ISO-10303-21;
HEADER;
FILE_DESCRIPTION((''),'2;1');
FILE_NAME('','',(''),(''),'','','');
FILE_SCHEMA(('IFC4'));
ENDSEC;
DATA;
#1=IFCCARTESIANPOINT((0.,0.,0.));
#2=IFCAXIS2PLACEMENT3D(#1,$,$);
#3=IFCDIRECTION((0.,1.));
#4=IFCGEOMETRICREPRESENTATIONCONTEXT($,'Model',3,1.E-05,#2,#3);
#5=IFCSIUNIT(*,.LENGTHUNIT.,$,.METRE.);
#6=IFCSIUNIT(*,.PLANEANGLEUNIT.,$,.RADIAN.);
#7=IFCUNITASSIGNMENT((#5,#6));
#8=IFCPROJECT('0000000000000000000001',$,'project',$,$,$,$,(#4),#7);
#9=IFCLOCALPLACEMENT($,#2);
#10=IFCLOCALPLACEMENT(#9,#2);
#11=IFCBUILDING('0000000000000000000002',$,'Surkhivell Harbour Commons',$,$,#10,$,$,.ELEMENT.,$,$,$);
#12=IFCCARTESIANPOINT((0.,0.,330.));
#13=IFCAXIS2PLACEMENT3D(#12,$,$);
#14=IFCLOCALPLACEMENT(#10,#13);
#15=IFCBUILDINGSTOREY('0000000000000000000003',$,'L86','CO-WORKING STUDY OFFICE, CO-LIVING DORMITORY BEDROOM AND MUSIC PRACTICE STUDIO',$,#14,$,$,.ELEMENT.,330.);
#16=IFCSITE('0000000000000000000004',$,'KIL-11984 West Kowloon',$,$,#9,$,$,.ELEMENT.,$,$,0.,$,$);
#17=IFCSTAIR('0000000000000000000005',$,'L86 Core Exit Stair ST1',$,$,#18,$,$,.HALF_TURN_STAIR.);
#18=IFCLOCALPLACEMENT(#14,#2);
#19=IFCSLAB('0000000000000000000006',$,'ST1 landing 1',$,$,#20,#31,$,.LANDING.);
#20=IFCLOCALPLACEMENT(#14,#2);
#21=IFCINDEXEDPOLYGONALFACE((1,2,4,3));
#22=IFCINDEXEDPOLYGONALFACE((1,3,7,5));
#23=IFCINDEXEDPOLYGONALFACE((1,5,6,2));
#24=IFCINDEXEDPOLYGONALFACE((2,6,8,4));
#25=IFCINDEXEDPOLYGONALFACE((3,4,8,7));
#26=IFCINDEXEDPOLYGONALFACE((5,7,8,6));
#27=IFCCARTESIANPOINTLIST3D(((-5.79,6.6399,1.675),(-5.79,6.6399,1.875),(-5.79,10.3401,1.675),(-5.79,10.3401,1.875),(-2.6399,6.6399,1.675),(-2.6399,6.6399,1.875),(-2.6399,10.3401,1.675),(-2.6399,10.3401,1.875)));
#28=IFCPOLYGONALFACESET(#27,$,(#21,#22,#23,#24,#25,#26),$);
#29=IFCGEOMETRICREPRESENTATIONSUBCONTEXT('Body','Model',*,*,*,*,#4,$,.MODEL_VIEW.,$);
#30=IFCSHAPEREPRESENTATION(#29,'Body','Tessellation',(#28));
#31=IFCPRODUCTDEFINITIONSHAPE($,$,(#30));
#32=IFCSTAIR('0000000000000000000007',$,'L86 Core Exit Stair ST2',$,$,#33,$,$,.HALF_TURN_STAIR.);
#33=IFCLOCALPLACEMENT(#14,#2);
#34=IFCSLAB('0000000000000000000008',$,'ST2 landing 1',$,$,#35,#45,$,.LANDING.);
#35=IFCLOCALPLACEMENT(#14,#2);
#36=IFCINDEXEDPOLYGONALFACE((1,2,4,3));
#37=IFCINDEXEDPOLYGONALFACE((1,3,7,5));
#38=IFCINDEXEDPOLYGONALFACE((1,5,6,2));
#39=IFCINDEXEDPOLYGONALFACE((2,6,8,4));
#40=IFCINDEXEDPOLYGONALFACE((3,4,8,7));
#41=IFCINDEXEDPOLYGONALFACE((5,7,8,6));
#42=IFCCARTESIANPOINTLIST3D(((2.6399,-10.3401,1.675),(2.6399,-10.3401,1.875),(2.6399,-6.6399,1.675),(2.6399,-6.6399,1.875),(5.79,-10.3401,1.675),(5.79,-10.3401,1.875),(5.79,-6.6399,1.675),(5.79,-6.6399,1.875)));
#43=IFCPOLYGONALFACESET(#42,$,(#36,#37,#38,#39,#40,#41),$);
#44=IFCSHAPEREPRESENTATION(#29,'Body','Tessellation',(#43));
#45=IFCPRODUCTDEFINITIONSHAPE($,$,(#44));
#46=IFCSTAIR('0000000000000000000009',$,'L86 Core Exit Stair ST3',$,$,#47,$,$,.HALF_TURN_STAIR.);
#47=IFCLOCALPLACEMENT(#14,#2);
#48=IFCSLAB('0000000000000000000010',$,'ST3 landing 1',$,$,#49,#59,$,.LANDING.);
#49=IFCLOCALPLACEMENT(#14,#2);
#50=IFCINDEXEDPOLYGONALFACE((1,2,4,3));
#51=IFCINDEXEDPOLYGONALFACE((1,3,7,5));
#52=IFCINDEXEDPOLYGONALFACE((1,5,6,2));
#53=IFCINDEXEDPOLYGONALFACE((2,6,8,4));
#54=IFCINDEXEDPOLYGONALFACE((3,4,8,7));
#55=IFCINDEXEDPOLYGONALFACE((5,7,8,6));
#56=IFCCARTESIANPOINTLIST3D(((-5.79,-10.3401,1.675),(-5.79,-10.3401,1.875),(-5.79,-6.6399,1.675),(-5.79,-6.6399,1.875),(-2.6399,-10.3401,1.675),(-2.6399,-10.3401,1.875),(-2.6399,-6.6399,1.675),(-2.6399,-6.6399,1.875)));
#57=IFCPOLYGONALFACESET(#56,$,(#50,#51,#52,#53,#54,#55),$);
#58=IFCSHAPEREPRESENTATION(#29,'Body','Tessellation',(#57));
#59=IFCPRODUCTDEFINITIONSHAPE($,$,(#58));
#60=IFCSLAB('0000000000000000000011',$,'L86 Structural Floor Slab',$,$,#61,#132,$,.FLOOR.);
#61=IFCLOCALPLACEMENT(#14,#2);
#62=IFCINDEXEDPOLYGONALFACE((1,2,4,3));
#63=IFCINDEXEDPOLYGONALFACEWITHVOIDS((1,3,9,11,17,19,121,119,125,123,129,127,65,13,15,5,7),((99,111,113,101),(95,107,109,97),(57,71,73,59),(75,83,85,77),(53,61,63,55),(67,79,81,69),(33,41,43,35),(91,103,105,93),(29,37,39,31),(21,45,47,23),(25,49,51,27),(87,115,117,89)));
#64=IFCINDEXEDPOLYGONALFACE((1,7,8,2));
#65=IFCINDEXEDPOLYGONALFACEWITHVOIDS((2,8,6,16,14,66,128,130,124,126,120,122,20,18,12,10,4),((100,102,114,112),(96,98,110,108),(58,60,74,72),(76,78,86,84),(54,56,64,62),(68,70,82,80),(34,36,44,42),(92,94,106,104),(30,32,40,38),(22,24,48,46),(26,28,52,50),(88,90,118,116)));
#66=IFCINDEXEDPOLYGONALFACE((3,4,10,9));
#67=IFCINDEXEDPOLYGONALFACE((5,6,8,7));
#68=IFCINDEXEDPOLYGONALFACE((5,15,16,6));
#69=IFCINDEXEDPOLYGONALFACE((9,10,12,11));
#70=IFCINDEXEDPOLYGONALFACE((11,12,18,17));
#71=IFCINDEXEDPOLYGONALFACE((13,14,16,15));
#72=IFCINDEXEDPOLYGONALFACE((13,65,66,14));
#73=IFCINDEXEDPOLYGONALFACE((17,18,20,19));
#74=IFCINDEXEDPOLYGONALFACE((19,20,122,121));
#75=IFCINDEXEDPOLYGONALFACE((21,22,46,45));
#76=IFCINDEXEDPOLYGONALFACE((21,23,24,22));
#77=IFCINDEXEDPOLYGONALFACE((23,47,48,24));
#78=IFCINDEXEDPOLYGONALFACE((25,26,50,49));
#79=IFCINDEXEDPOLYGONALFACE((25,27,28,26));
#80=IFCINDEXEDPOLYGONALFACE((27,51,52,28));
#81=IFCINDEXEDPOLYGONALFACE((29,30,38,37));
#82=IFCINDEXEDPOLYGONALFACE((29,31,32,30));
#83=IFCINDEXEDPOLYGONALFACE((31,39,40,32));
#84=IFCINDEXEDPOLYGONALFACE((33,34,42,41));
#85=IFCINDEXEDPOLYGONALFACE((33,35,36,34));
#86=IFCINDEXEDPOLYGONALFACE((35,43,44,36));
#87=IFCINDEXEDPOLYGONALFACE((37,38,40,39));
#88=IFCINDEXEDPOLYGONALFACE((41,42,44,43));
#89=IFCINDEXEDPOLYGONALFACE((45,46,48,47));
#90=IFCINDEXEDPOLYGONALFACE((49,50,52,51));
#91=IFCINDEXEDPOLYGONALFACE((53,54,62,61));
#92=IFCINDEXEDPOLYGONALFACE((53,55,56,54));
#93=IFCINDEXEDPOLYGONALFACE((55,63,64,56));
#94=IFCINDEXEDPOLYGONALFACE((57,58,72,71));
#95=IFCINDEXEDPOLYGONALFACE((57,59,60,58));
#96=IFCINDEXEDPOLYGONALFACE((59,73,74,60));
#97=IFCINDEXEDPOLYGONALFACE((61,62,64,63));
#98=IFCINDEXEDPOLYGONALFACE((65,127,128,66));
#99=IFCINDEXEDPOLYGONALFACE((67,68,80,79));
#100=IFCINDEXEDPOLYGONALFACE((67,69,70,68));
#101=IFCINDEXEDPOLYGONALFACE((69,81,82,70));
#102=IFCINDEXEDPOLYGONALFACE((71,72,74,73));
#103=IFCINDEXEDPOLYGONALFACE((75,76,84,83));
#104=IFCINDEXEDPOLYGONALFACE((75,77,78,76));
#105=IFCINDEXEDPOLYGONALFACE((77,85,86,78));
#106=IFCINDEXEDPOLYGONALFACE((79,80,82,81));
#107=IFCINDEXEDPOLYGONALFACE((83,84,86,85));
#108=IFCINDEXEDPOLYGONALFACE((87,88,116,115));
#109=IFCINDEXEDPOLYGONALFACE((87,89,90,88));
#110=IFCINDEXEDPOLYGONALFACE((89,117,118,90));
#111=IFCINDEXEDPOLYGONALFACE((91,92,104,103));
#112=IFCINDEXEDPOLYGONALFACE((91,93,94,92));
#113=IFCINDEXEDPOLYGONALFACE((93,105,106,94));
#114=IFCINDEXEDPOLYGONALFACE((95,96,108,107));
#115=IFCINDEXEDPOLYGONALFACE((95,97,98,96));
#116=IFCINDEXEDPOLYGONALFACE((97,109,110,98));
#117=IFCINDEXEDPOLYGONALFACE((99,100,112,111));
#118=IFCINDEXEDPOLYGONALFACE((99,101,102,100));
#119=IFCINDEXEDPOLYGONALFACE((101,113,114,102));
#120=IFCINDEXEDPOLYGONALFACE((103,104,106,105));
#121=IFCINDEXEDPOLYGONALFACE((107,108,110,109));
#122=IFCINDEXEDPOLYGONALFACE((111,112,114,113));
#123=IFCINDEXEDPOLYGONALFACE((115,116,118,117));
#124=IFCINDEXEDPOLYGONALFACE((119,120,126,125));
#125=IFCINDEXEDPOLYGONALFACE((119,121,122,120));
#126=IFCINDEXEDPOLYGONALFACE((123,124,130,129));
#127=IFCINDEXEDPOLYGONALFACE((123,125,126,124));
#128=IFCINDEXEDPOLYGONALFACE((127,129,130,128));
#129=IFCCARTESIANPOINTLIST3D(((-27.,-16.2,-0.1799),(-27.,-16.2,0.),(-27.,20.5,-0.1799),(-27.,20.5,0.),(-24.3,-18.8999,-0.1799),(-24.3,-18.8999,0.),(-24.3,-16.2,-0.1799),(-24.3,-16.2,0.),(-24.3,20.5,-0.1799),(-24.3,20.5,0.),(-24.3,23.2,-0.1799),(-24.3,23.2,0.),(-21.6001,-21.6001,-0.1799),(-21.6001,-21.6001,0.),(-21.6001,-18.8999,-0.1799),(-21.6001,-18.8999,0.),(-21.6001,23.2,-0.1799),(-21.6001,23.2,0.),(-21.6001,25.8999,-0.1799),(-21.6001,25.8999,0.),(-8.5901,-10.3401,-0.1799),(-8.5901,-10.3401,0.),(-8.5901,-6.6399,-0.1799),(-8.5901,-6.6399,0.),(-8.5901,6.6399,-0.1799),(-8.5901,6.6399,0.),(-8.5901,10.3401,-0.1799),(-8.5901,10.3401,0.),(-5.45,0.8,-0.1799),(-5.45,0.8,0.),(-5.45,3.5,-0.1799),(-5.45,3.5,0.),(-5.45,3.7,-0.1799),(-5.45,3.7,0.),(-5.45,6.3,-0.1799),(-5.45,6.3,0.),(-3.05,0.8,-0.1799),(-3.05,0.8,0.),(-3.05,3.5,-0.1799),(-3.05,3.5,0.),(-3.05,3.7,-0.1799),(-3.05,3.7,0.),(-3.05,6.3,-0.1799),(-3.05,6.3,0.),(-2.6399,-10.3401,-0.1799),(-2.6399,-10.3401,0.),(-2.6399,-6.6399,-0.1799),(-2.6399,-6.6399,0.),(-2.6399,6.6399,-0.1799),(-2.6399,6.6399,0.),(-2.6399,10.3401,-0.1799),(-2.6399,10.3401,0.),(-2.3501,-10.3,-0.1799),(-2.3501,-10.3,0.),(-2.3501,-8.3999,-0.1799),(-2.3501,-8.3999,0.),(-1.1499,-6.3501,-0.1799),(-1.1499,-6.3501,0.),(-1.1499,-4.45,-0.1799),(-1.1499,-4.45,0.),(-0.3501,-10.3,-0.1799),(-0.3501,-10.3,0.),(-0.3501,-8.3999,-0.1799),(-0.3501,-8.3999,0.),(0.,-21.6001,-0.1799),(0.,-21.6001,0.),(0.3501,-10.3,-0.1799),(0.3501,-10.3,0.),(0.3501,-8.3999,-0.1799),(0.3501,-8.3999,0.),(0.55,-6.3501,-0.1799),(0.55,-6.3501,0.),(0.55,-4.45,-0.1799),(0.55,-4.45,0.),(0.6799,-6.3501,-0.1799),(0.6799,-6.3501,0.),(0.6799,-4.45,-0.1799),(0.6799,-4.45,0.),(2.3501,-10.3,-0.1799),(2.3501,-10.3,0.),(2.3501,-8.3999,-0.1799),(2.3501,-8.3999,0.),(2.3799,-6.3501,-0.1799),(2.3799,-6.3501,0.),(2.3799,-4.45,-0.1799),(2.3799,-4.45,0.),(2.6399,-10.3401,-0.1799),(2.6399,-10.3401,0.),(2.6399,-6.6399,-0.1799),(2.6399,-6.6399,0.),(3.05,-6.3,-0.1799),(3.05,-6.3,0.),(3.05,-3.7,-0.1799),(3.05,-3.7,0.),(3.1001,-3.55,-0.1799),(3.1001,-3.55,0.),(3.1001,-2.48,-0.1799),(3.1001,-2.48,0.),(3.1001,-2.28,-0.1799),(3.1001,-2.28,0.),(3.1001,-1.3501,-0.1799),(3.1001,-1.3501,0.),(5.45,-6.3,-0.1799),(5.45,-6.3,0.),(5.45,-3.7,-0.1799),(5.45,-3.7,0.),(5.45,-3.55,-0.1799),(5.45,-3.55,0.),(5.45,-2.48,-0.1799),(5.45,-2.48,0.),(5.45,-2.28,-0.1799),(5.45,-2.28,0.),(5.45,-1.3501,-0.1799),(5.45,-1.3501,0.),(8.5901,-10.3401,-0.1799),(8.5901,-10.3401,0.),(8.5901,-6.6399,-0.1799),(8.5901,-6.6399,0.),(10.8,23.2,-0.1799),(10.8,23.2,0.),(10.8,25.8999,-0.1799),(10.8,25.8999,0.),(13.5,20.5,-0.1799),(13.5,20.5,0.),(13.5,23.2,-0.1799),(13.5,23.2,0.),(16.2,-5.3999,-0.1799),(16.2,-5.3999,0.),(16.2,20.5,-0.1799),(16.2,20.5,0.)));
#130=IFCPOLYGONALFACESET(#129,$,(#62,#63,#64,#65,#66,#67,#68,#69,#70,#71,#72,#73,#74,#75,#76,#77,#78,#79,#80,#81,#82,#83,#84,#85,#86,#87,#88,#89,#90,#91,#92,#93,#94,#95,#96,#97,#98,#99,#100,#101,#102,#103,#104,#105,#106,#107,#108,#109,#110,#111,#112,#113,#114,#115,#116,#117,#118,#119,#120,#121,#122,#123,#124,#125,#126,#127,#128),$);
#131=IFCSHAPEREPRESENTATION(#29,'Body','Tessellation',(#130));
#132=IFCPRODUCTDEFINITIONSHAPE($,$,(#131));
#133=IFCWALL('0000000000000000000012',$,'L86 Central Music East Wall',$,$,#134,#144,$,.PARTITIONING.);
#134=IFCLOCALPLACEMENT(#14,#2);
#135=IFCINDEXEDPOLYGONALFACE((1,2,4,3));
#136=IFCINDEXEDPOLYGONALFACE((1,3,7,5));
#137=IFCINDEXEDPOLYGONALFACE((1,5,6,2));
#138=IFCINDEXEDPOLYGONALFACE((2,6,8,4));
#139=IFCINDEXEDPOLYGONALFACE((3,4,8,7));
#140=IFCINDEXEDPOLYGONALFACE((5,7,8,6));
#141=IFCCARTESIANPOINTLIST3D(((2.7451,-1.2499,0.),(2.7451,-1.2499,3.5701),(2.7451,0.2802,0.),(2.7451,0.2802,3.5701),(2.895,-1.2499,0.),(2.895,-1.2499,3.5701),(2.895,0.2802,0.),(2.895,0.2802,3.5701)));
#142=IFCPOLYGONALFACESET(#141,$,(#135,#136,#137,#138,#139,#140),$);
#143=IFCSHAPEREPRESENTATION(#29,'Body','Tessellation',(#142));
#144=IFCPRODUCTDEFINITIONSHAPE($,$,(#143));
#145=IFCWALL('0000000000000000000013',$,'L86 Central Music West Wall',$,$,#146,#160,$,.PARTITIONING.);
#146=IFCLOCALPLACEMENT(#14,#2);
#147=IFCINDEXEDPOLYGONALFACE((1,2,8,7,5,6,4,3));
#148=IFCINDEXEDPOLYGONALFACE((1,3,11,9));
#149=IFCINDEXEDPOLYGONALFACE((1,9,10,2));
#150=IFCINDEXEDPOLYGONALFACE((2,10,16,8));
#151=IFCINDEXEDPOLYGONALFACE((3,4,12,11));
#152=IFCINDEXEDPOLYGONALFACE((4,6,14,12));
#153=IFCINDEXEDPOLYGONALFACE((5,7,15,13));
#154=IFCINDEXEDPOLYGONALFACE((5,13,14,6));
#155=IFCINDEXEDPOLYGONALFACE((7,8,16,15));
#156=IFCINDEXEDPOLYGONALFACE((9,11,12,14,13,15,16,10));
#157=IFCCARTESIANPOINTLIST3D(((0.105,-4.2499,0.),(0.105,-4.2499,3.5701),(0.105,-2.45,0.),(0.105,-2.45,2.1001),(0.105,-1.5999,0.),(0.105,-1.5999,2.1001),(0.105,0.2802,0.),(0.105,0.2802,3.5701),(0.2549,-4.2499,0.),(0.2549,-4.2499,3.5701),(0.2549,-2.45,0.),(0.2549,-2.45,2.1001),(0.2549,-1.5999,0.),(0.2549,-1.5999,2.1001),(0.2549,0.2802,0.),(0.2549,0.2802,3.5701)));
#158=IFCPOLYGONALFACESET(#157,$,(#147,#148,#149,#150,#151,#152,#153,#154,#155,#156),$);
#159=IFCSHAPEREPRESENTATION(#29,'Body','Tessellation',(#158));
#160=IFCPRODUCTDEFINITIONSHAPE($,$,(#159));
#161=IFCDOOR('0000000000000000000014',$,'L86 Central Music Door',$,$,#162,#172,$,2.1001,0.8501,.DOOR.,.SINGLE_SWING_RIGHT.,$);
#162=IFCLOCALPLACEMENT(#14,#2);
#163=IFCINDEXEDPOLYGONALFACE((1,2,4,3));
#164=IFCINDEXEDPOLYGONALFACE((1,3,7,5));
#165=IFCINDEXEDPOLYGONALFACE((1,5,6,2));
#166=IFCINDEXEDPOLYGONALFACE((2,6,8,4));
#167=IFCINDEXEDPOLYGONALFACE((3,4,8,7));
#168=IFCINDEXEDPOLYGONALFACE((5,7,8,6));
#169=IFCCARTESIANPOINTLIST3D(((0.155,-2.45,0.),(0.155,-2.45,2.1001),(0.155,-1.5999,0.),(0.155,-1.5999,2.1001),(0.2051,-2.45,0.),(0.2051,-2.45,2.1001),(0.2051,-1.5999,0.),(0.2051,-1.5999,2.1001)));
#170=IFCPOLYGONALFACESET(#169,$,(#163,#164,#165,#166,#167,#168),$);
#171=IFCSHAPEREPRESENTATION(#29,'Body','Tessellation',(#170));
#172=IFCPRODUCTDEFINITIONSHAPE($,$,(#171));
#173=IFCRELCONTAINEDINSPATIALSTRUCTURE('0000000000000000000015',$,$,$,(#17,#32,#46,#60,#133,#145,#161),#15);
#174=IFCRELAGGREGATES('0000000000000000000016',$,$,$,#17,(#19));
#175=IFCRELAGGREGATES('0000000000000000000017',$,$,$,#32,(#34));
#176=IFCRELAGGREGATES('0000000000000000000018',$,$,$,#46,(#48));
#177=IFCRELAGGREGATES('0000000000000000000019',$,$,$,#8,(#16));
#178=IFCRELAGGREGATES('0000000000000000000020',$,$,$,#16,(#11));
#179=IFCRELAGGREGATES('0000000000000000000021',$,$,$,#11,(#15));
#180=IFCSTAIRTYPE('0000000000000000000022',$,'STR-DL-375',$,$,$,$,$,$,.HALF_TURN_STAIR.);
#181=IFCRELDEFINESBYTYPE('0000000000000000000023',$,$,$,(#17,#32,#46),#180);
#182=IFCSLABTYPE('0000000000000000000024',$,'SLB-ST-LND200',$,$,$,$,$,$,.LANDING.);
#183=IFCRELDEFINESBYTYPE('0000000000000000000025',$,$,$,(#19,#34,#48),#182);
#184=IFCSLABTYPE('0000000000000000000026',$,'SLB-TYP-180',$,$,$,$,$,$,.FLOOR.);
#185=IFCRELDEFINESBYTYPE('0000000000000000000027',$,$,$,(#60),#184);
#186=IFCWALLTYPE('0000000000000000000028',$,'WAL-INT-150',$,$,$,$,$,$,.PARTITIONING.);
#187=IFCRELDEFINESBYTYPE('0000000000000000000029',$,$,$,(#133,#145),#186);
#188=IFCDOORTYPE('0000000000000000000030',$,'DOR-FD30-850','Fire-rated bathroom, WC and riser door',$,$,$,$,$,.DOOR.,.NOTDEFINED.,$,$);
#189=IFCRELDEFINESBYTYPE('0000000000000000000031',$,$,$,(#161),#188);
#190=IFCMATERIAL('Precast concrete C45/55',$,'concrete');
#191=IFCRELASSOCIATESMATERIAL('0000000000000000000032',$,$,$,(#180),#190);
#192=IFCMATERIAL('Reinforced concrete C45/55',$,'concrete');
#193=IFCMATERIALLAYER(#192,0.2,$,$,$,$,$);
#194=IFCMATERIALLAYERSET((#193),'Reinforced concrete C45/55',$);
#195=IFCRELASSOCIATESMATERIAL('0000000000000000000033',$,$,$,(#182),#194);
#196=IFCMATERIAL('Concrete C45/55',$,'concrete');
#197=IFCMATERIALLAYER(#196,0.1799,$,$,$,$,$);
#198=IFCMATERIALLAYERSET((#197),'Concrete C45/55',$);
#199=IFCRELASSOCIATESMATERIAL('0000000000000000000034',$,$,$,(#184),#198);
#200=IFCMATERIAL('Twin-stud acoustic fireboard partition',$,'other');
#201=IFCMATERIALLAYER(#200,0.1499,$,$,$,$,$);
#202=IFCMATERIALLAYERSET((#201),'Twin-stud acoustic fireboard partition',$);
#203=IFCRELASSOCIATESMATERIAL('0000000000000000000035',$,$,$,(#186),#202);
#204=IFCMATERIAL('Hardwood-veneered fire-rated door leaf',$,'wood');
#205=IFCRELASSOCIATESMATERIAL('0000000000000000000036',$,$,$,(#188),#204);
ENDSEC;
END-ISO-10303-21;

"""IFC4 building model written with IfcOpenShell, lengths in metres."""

from ifc_helpers import new_model, si_unit, direction, frame, frame_2d, origin, place, context, subcontext, project, spatial, polyline, rectangle, outline, extrude, material, layer, layer_set, type_object, element, fill, aggregate, save


model = new_model("IFC4")

# Units and contexts
model_context = context("Model", 3, precision=1e-05, world=origin(), true_north=direction((0.0, 1.0)))
body_context = subcontext(model_context, "Body", "Model", "MODEL_VIEW")
ifc_project = project(units=[si_unit("LENGTHUNIT", "METRE"), si_unit("PLANEANGLEUNIT", "RADIAN")], contexts=[model_context])

# Site, building, storey
site_placement = place(None, origin())
site = spatial("IfcSite", under=ifc_project, at=site_placement, Name="KIL-11984 West Kowloon", CompositionType="ELEMENT", RefElevation=0.0)
building_placement = place(site_placement, origin())
building = spatial("IfcBuilding", under=site, at=building_placement, Name="Surkhivell Harbour Commons", CompositionType="ELEMENT")
storey_placement = place(building_placement, frame((0.0, 0.0, 330.0)))
storey = spatial("IfcBuildingStorey", under=building, at=storey_placement, Name="L86", Description="CO-WORKING STUDY OFFICE, CO-LIVING DORMITORY BEDROOM AND MUSIC PRACTICE STUDIO", CompositionType="ELEMENT", Elevation=330.0)

# Stairs, slabs
ifc_material_1 = material(Name="Precast concrete C45/55", Category="concrete")
stair_type = type_object("IfcStairType", Name="STR-DL-375", PredefinedType="HALF_TURN_STAIR", material=ifc_material_1)
stair_1_placement = place(storey_placement, origin())
stair_1 = element("IfcStair", 1, at=stair_1_placement, inside=storey, type_object=stair_type, Name="L86 Core Exit Stair ST1", PredefinedType="HALF_TURN_STAIR")
ifc_material_2 = material(Name="Reinforced concrete C45/55", Category="concrete")
ifc_layer_1 = layer(ifc_material_2, 0.2)
ifc_layer_set_1 = layer_set([ifc_layer_1], Name="Reinforced concrete C45/55")
slab_type_1 = type_object("IfcSlabType", Name="SLB-ST-LND200", PredefinedType="LANDING", material=ifc_layer_set_1)
slab_1_placement = place(storey_placement, frame((0.0, 0.0, 1.675)))
slab_1 = element("IfcSlab", 2, at=slab_1_placement, type_object=slab_type_1, Name="ST1 landing 1", PredefinedType="LANDING", context=body_context, shape_type="SweptSolid", body=[
    extrude(outline(polyline([(-5.79, 6.6399), (-2.6399, 6.6399), (-2.6399, 10.3401), (-5.79, 10.3401), (-5.79, 6.6399)])), origin(), (0.0, 0.0, 1.0), 0.2),
])
aggregate(stair_1, [slab_1])
stair_2_placement = place(storey_placement, origin())
stair_2 = element("IfcStair", 3, at=stair_2_placement, inside=storey, type_object=stair_type, Name="L86 Core Exit Stair ST2", PredefinedType="HALF_TURN_STAIR")
slab_2_placement = place(storey_placement, frame((0.0, 0.0, 1.675)))
slab_2 = element("IfcSlab", 4, at=slab_2_placement, type_object=slab_type_1, Name="ST2 landing 1", PredefinedType="LANDING", context=body_context, shape_type="SweptSolid", body=[
    extrude(outline(polyline([(5.79, -6.6399), (2.6399, -6.6399), (2.6399, -10.3401), (5.79, -10.3401), (5.79, -6.6399)])), origin(), (0.0, 0.0, 1.0), 0.2),
])
aggregate(stair_2, [slab_2])
stair_3_placement = place(storey_placement, origin())
stair_3 = element("IfcStair", 5, at=stair_3_placement, inside=storey, type_object=stair_type, Name="L86 Core Exit Stair ST3", PredefinedType="HALF_TURN_STAIR")
slab_3_placement = place(storey_placement, frame((0.0, 0.0, 1.675)))
slab_3 = element("IfcSlab", 6, at=slab_3_placement, type_object=slab_type_1, Name="ST3 landing 1", PredefinedType="LANDING", context=body_context, shape_type="SweptSolid", body=[
    extrude(outline(polyline([(-5.79, -10.3401), (-2.6399, -10.3401), (-2.6399, -6.6399), (-5.79, -6.6399), (-5.79, -10.3401)])), origin(), (0.0, 0.0, 1.0), 0.2),
])
aggregate(stair_3, [slab_3])

# Slab
ifc_material_3 = material(Name="Concrete C45/55", Category="concrete")
ifc_layer_2 = layer(ifc_material_3, 0.1799)
ifc_layer_set_2 = layer_set([ifc_layer_2], Name="Concrete C45/55")
slab_type_2 = type_object("IfcSlabType", Name="SLB-TYP-180", PredefinedType="FLOOR", material=ifc_layer_set_2)
slab_4_placement = place(storey_placement, frame((0.0, 0.0, -0.1799)))
element("IfcSlab", 7, at=slab_4_placement, inside=storey, type_object=slab_type_2, Name="L86 Structural Floor Slab", PredefinedType="FLOOR", context=body_context, shape_type="SweptSolid", body=[
    extrude(outline(polyline([(-21.6001, -21.6001), (0.0, -21.6001), (16.2, -5.3999), (16.2, 20.5), (13.5, 20.5), (13.5, 23.2), (10.8, 23.2), (10.8, 25.8999), (-21.6001, 25.8999), (-21.6001, 23.2), (-24.3, 23.2), (-24.3, 20.5), (-27.0, 20.5), (-27.0, -16.2), (-24.3, -16.2), (-24.3, -18.8999), (-21.6001, -18.8999), (-21.6001, -21.6001)]), holes=[polyline([(-8.5901, 6.6399), (-2.6399, 6.6399), (-2.6399, 10.3401), (-8.5901, 10.3401), (-8.5901, 6.6399)]), polyline([(8.5901, -6.6399), (2.6399, -6.6399), (2.6399, -10.3401), (8.5901, -10.3401), (8.5901, -6.6399)]), polyline([(-8.5901, -10.3401), (-2.6399, -10.3401), (-2.6399, -6.6399), (-8.5901, -6.6399), (-8.5901, -10.3401)]), polyline([(-1.1499, -6.3501), (0.55, -6.3501), (0.55, -4.45), (-1.1499, -4.45), (-1.1499, -6.3501)]), polyline([(0.6799, -6.3501), (2.3799, -6.3501), (2.3799, -4.45), (0.6799, -4.45), (0.6799, -6.3501)]), polyline([(-2.3501, -10.3), (-0.3501, -10.3), (-0.3501, -8.3999), (-2.3501, -8.3999), (-2.3501, -10.3)]), polyline([(0.3501, -10.3), (2.3501, -10.3), (2.3501, -8.3999), (0.3501, -8.3999), (0.3501, -10.3)]), polyline([(-5.45, 3.7), (-3.05, 3.7), (-3.05, 6.3), (-5.45, 6.3), (-5.45, 3.7)]), polyline([(3.05, -6.3), (5.45, -6.3), (5.45, -3.7), (3.05, -3.7), (3.05, -6.3)]), polyline([(-5.45, 0.8), (-3.05, 0.8), (-3.05, 3.5), (-5.45, 3.5), (-5.45, 0.8)]), polyline([(3.1001, -3.55), (5.45, -3.55), (5.45, -2.48), (3.1001, -2.48), (3.1001, -3.55)]), polyline([(3.1001, -2.28), (5.45, -2.28), (5.45, -1.3501), (3.1001, -1.3501), (3.1001, -2.28)])]), origin(), (0.0, 0.0, 1.0), 0.1799),
])

# Wall
ifc_material_4 = material(Name="Twin-stud acoustic fireboard partition", Category="other")
ifc_layer_3 = layer(ifc_material_4, 0.1499)
ifc_layer_set_3 = layer_set([ifc_layer_3], Name="Twin-stud acoustic fireboard partition")
wall_type_1 = type_object("IfcWallType", Name="WAL-INT-150", PredefinedType="PARTITIONING", material=ifc_layer_set_3)
wall_1_placement = place(storey_placement, frame((2.8201, -1.25, 0.0), z_axis=(0.0, 0.0, 1.0), x_axis=(0.0, 1.0, 0.0)))
element("IfcWall", 8, at=wall_1_placement, inside=storey, type_object=wall_type_1, Name="L86 Central Music East Wall", PredefinedType="PARTITIONING", context=body_context, shape_type="SweptSolid", body=[
    extrude(rectangle(XDim=1.53, YDim=0.1499, at=frame_2d((0.7651, 0.0))), origin(), (0.0, 0.0, 1.0), 3.5701),
])

# Wall, opening, door
wall_2_placement = place(storey_placement, frame((0.1799, -4.25, 0.0), z_axis=(0.0, 0.0, 1.0), x_axis=(0.0, 1.0, 0.0)))
wall_2 = element("IfcWall", 9, at=wall_2_placement, inside=storey, type_object=wall_type_1, Name="L86 Central Music West Wall", PredefinedType="PARTITIONING", context=body_context, shape_type="SweptSolid", body=[
    extrude(rectangle(XDim=4.53, YDim=0.1499, at=frame_2d((2.2651, 0.0))), origin(), (0.0, 0.0, 1.0), 3.5701),
])
opening_1_placement = place(wall_2_placement, frame((1.8, 0.0, 0.0)))
opening_1 = element("IfcOpeningElement", 10, at=opening_1_placement, cuts=wall_2, PredefinedType="OPENING", context=body_context, shape_type="SweptSolid", body=[
    extrude(rectangle(XDim=0.8501, YDim=2.1001, at=frame_2d((0.425, 1.05))), frame((0.0, 0.085, 0.0), z_axis=(0.0, -1.0, 0.0), x_axis=(1.0, 0.0, 0.0)), (0.0, 0.0, 1.0), 0.1699),
])
ifc_material_5 = material(Name="Hardwood-veneered fire-rated door leaf", Category="wood")
door_type_1 = type_object("IfcDoorType", Name="DOR-FD30-850", Description="Fire-rated bathroom, WC and riser door", OperationType="NOTDEFINED", PredefinedType="DOOR", material=ifc_material_5)
door_1_placement = place(opening_1_placement, origin())
door_1 = element("IfcDoor", 11, at=door_1_placement, inside=storey, type_object=door_type_1, Name="L86 Central Music Door", OperationType="SINGLE_SWING_RIGHT", OverallHeight=2.1001, OverallWidth=0.8501, PredefinedType="DOOR", context=body_context, shape_type="SweptSolid", body=[
    extrude(rectangle(XDim=0.8501, YDim=2.1001, at=frame_2d((0.425, 1.05))), frame((0.0, 0.0249, 0.0), z_axis=(0.0, -1.0, 0.0), x_axis=(1.0, 0.0, 0.0)), (0.0, 0.0, 1.0), 0.05),
])
fill(opening_1, door_1)

save(model, "model.ifc")
